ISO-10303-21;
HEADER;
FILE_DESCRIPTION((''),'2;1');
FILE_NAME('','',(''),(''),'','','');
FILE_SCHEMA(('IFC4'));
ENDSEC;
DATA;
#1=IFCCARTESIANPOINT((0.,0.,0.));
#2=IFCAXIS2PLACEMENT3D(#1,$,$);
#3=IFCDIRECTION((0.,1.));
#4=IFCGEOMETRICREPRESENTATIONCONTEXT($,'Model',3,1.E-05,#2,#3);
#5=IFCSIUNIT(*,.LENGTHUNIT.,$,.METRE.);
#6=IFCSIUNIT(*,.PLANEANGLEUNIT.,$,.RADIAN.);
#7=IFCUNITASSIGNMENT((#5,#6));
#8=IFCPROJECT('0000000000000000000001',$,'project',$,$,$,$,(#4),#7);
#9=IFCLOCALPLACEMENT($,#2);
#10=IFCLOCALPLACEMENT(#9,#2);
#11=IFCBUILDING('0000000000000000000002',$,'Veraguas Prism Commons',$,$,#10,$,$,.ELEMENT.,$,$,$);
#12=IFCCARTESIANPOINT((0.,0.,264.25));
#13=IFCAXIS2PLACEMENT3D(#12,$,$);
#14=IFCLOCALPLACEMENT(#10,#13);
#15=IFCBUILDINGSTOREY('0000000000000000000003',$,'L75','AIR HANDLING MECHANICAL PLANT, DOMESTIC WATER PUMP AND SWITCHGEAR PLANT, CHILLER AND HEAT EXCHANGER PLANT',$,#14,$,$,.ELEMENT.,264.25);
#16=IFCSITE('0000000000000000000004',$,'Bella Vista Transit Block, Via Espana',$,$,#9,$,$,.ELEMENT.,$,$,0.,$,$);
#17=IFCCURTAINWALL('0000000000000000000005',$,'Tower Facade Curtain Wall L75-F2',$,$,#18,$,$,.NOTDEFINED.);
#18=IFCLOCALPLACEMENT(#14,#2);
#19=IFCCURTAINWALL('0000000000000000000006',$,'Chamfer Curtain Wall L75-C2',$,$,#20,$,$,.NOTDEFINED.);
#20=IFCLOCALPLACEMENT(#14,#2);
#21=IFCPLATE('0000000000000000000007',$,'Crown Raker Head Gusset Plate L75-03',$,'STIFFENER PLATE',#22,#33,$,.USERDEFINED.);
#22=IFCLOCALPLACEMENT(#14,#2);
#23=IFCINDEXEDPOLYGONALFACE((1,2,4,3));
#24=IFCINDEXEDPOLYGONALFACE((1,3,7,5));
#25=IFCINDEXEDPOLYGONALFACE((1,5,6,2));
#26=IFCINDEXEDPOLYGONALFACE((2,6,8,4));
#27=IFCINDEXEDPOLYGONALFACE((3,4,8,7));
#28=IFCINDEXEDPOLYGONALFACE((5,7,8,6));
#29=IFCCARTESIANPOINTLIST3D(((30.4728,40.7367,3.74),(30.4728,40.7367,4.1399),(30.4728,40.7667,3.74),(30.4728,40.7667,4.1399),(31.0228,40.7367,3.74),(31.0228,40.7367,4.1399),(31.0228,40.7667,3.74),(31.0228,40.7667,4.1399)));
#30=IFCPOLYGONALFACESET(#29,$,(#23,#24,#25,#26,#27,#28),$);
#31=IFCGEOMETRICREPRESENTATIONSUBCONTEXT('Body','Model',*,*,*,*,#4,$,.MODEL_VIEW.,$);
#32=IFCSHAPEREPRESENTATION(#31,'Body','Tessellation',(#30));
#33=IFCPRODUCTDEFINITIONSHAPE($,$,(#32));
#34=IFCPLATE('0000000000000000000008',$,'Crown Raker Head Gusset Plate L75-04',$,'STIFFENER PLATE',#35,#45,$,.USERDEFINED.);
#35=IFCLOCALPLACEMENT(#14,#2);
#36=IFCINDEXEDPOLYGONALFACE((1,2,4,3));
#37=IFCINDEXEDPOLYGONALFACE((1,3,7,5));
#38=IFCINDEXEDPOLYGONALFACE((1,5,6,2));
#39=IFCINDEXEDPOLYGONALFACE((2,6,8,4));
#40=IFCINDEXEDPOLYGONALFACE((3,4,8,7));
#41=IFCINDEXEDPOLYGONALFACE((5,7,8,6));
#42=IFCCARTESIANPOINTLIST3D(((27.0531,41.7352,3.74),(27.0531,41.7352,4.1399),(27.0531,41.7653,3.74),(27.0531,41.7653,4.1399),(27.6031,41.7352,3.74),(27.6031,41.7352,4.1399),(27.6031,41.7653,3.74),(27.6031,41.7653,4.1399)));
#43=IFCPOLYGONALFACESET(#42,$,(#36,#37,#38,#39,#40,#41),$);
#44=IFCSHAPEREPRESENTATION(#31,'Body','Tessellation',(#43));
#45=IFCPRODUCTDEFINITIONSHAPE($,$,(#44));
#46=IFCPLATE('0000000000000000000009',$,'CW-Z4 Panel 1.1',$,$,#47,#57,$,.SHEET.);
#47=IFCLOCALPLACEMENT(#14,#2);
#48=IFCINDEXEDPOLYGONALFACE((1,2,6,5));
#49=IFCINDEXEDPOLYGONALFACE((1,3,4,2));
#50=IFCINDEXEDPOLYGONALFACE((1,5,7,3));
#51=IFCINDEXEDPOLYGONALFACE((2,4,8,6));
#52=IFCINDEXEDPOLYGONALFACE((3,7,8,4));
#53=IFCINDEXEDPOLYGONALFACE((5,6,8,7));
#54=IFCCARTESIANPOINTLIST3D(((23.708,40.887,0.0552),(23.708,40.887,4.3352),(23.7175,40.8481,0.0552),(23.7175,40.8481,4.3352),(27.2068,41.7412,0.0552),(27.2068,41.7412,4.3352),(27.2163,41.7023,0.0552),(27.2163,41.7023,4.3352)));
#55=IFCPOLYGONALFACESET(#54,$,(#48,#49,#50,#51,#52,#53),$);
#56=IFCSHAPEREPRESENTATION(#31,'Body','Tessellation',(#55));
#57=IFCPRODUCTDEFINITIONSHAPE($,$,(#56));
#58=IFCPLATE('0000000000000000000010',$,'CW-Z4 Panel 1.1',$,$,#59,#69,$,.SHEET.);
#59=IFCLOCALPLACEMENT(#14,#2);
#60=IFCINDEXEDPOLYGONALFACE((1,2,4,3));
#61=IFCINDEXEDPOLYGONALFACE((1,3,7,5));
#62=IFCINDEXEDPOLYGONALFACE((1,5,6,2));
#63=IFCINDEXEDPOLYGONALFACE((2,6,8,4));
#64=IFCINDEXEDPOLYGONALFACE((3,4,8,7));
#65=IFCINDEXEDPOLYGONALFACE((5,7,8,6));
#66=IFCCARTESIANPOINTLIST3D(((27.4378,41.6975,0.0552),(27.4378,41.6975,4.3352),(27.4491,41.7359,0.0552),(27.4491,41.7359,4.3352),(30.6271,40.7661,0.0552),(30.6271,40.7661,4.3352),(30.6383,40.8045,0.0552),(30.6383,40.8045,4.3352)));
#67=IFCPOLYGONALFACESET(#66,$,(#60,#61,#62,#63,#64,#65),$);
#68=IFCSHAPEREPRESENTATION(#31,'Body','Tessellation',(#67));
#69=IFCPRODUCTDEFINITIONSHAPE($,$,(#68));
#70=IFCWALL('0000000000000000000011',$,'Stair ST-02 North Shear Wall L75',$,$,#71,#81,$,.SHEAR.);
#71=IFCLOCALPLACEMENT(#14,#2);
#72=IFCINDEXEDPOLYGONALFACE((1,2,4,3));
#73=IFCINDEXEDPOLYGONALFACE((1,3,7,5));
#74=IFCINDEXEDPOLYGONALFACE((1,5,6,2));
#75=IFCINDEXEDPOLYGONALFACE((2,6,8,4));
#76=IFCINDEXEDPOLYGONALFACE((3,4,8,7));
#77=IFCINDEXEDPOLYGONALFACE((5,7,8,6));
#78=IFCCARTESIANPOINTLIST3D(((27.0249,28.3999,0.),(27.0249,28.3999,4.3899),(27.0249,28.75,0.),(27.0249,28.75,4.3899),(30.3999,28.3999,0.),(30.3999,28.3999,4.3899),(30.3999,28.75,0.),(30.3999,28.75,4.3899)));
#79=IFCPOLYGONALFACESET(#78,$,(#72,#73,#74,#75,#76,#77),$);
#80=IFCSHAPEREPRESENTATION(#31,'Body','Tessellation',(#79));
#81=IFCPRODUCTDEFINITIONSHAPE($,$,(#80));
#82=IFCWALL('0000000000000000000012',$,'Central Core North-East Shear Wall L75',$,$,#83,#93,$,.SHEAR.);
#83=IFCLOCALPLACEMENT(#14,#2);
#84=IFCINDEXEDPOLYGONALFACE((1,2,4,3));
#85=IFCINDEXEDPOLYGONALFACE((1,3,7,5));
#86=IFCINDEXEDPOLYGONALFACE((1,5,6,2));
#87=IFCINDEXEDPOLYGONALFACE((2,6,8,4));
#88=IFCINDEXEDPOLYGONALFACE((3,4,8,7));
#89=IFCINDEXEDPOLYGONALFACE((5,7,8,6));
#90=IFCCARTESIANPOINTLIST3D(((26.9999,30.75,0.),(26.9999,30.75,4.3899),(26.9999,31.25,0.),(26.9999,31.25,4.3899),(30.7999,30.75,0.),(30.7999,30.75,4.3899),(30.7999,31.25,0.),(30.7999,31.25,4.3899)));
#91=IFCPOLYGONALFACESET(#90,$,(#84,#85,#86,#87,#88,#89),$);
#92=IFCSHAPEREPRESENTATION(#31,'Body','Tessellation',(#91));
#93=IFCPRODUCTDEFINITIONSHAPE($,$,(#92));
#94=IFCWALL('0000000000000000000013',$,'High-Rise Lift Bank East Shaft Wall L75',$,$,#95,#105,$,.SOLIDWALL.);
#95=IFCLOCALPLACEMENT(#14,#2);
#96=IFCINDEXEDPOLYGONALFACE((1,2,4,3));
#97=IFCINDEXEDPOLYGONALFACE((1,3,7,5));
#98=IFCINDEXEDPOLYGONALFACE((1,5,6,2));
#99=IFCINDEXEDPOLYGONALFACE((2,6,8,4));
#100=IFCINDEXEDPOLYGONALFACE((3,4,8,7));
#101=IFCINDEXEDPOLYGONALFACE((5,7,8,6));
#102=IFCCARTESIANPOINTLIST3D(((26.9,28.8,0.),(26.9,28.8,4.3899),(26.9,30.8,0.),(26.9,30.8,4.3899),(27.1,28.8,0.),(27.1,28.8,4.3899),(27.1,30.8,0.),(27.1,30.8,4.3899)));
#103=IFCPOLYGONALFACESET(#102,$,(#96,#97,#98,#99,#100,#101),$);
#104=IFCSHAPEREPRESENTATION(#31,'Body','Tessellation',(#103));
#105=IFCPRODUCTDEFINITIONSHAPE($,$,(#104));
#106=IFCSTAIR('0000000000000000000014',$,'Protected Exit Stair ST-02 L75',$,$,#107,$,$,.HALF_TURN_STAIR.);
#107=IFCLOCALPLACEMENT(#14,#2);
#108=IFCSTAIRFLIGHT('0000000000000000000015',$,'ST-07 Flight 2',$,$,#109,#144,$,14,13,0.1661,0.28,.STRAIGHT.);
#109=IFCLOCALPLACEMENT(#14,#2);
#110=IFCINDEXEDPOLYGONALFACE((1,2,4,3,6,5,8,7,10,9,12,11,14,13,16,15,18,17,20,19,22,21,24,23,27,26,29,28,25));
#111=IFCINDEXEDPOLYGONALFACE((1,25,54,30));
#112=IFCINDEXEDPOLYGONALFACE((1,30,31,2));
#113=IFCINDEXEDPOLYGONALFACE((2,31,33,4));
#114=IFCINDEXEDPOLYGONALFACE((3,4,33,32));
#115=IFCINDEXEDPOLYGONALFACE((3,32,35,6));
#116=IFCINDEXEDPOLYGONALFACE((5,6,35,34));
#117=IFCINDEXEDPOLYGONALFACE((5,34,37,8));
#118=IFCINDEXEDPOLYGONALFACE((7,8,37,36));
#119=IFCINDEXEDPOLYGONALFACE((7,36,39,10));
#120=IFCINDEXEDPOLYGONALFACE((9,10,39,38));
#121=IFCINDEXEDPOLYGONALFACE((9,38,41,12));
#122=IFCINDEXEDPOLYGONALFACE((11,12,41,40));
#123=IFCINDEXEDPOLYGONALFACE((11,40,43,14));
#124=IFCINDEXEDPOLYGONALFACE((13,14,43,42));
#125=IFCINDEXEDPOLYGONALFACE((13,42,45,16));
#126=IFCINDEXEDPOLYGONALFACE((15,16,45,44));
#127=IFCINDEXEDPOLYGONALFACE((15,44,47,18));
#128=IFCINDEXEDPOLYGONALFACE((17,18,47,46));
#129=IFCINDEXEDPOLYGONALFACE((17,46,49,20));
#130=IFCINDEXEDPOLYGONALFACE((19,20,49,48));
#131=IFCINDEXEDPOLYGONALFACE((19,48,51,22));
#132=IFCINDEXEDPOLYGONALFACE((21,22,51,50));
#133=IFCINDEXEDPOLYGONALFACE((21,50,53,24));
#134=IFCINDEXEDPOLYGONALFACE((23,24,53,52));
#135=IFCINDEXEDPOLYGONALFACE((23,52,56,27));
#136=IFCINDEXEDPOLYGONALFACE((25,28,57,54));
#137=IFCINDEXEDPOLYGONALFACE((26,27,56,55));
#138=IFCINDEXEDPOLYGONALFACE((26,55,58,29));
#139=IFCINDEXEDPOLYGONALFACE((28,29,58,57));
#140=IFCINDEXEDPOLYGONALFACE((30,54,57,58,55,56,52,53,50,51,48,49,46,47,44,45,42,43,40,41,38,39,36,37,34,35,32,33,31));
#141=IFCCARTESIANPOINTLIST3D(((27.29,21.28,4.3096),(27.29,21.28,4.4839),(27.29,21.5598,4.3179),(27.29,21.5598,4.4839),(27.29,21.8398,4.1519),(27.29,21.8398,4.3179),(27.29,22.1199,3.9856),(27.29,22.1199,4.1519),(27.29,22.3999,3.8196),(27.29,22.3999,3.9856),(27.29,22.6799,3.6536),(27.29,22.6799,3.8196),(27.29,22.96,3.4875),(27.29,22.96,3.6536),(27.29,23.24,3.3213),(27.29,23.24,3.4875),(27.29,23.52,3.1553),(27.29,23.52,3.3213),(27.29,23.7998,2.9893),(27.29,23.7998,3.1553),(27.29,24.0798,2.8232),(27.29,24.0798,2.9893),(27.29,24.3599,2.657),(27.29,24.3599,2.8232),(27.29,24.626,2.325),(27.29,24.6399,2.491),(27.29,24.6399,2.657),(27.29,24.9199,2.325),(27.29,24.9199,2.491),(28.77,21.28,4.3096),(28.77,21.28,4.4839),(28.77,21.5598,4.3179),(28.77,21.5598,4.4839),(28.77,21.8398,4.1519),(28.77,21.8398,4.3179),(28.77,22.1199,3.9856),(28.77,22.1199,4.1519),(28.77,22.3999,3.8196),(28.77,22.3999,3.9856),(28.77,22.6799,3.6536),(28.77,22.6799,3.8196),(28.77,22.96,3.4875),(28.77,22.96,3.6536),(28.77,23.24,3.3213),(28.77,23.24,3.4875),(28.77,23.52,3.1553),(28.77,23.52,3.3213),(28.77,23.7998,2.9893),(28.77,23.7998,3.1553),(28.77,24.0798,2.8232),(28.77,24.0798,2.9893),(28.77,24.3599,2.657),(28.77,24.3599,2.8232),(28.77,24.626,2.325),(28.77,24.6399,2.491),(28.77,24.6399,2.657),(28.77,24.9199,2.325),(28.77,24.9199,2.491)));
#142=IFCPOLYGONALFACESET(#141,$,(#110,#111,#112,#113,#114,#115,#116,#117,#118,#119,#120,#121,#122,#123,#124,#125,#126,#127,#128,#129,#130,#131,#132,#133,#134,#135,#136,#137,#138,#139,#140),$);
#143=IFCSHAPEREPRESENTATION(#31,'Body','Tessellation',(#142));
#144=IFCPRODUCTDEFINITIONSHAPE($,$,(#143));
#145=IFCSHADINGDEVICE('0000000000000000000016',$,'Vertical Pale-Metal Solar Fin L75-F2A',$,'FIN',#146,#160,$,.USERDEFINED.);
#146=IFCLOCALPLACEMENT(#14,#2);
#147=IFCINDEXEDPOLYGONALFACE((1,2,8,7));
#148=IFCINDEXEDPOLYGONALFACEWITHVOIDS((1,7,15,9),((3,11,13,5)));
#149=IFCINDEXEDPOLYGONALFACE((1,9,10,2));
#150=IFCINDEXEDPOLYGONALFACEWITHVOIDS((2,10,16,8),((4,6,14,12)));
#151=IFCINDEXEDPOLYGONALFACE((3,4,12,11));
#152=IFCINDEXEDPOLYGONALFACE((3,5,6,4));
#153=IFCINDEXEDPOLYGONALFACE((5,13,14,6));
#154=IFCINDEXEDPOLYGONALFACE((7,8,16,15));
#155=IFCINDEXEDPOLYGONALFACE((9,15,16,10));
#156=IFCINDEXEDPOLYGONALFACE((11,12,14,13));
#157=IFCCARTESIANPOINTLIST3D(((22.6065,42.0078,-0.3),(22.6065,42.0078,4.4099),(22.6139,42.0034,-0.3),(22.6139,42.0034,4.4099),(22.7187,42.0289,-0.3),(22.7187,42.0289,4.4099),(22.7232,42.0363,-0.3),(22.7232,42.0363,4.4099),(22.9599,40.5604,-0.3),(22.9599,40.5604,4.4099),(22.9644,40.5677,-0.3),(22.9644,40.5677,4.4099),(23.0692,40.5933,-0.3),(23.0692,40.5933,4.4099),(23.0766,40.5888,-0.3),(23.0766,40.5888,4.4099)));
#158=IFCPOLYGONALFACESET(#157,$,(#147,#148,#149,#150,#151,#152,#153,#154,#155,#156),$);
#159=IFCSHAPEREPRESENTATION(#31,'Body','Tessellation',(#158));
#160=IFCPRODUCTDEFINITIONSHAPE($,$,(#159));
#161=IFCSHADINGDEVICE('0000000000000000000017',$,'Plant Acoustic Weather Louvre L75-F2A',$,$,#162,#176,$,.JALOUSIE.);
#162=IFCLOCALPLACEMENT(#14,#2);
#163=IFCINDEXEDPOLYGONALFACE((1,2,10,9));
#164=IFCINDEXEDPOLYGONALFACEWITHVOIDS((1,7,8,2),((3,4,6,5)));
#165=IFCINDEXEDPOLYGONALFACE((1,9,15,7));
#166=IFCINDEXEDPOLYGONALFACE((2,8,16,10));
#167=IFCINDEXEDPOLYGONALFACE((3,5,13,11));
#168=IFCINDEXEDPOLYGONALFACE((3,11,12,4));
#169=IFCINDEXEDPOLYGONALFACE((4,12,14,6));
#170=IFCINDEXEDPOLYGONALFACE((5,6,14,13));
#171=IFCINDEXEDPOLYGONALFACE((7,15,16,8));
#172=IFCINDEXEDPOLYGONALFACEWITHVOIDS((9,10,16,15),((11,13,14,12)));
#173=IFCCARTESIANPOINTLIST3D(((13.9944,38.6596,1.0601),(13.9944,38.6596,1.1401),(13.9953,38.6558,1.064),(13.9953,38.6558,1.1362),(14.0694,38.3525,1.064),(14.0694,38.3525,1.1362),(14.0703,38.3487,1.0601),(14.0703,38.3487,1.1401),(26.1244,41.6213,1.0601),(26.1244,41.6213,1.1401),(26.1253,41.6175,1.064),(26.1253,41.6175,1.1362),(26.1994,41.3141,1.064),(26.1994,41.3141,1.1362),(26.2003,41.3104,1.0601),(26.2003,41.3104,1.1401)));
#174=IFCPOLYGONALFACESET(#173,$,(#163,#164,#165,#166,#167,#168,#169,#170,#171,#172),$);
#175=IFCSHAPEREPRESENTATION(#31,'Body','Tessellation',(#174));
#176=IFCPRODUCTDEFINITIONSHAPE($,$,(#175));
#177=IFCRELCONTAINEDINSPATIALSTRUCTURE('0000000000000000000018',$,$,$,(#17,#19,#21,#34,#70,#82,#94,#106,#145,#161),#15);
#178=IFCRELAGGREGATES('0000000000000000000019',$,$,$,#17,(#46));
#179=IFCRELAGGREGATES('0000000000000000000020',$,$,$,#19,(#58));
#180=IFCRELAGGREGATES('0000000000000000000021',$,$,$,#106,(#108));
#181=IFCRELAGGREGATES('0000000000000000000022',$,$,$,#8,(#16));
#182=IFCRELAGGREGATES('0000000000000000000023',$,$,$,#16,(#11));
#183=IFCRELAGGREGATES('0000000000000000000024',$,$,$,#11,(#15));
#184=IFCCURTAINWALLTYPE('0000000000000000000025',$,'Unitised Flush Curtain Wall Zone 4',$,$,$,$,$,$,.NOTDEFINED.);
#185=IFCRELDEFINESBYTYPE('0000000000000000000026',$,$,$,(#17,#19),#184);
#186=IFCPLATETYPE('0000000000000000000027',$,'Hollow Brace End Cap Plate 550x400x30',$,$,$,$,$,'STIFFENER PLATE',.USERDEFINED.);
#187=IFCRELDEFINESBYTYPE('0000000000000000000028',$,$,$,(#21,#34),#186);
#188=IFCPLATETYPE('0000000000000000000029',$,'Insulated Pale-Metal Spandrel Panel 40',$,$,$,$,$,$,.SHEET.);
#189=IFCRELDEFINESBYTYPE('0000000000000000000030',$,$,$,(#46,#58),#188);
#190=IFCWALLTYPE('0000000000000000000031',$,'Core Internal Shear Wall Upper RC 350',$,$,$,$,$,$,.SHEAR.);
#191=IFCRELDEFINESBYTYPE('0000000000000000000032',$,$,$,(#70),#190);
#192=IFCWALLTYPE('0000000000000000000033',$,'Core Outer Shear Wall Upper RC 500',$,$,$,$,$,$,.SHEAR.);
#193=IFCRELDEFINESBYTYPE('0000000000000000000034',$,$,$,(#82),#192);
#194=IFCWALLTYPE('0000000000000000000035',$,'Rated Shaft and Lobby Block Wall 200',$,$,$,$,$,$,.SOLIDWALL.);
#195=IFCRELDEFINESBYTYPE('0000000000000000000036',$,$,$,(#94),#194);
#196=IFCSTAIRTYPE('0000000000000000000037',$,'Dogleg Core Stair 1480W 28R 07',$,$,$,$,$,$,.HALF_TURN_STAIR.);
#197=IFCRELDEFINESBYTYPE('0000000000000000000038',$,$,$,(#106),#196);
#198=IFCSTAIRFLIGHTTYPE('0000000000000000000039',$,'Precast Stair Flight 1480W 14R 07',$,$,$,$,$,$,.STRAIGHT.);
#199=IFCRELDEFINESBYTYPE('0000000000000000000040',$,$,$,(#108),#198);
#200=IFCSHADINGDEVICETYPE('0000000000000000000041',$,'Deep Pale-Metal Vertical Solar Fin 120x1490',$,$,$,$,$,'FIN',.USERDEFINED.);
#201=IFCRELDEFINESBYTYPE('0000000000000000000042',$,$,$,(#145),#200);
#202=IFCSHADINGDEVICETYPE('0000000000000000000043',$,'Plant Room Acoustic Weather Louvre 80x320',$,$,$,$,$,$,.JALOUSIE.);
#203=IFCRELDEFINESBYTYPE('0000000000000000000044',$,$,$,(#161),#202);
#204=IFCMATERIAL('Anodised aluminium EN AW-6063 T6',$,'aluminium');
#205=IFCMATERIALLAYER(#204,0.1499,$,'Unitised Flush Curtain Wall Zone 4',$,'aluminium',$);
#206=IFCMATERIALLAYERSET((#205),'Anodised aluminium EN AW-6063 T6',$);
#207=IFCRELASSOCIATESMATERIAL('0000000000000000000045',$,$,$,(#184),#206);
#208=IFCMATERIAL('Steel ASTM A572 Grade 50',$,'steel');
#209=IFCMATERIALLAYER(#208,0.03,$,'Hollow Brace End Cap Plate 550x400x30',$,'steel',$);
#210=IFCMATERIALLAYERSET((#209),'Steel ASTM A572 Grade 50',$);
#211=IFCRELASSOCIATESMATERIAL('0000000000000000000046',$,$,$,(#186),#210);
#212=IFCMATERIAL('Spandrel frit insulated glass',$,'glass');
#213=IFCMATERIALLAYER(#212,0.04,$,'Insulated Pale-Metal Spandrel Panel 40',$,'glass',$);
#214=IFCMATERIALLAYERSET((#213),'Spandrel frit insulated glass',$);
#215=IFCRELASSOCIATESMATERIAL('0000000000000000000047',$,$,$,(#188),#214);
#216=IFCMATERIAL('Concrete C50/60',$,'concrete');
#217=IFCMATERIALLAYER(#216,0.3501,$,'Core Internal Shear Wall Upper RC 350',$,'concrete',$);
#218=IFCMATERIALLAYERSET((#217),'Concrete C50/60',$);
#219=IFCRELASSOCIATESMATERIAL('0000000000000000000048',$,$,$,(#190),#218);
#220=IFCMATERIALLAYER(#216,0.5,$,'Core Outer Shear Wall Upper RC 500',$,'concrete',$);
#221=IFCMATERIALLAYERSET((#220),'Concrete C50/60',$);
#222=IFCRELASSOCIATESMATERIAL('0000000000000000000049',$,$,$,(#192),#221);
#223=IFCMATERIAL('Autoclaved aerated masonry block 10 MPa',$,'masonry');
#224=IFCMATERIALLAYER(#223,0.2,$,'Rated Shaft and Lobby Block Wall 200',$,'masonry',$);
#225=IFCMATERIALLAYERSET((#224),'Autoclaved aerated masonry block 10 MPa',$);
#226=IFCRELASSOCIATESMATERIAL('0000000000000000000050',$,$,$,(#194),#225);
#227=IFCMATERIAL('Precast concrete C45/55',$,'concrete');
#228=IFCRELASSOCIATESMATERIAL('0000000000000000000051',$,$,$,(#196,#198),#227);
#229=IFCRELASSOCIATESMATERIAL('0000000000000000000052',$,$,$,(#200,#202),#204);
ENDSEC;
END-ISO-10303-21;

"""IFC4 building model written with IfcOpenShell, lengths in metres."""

from ifc_helpers import new_model, si_unit, direction, frame, frame_2d, origin, origin_2d, place, context, subcontext, project, spatial, polyline, rectangle, hollow_rectangle, outline, extrude, source, transform, mapped, material, layer, layer_set, material_profile, profile_set, type_object, element, aggregate, save


model = new_model("IFC4")

# Units and contexts
model_context = context("Model", 3, precision=1e-05, world=origin(), true_north=direction((0.0, 1.0)))
body_context = subcontext(model_context, "Body", "Model", "MODEL_VIEW")
ifc_project = project(units=[si_unit("LENGTHUNIT", "METRE"), si_unit("PLANEANGLEUNIT", "RADIAN")], contexts=[model_context])

# Site, building, storey
site_placement = place(None, origin())
site = spatial("IfcSite", under=ifc_project, at=site_placement, Name="Bella Vista Transit Block, Via Espana", CompositionType="ELEMENT", RefElevation=0.0)
building_placement = place(site_placement, origin())
building = spatial("IfcBuilding", under=site, at=building_placement, Name="Veraguas Prism Commons", CompositionType="ELEMENT")
storey_placement = place(building_placement, frame((0.0, 0.0, 264.25)))
storey = spatial("IfcBuildingStorey", under=building, at=storey_placement, Name="L75", Description="AIR HANDLING MECHANICAL PLANT, DOMESTIC WATER PUMP AND SWITCHGEAR PLANT, CHILLER AND HEAT EXCHANGER PLANT", CompositionType="ELEMENT", Elevation=264.25)

# Shared definitions
ifc_material_1 = material(Name="Concrete C50/60", Category="concrete")

# Curtain walls
ifc_material_2 = material(Name="Anodised aluminium EN AW-6063 T6", Category="aluminium")
ifc_layer_1 = layer(ifc_material_2, 0.1499, Name="Unitised Flush Curtain Wall Zone 4", Category="aluminium")
ifc_layer_set_1 = layer_set([ifc_layer_1], Name="Anodised aluminium EN AW-6063 T6")
curtain_wall_type = type_object("IfcCurtainWallType", Name="Unitised Flush Curtain Wall Zone 4", PredefinedType="NOTDEFINED", material=ifc_layer_set_1)
curtain_wall_1_placement = place(storey_placement, origin())
curtain_wall_1 = element("IfcCurtainWall", 1, at=curtain_wall_1_placement, inside=storey, type_object=curtain_wall_type, Name="Tower Facade Curtain Wall L75-F2", PredefinedType="NOTDEFINED")
curtain_wall_2_placement = place(storey_placement, origin())
curtain_wall_2 = element("IfcCurtainWall", 2, at=curtain_wall_2_placement, inside=storey, type_object=curtain_wall_type, Name="Chamfer Curtain Wall L75-C2", PredefinedType="NOTDEFINED")

# Plates
ifc_material_3 = material(Name="Steel ASTM A572 Grade 50", Category="steel")
ifc_layer_2 = layer(ifc_material_3, 0.03, Name="Hollow Brace End Cap Plate 550x400x30", Category="steel")
ifc_layer_set_2 = layer_set([ifc_layer_2], Name="Steel ASTM A572 Grade 50")
plate_type_1 = type_object("IfcPlateType", Name="Hollow Brace End Cap Plate 550x400x30", ElementType="STIFFENER PLATE", PredefinedType="USERDEFINED", material=ifc_layer_set_2)
shared_shape_1 = source(origin(), body_context, "Body", "SweptSolid", [
    extrude(rectangle(XDim=0.55, YDim=0.03, at=origin_2d()), origin(), (0.0, 0.0, 1.0), 0.3999),
])
for number, where, z_axis, x_axis, name in (
    (3, (30.7478, 40.7517, 3.74), (0.0, 0.0, 1.0), (1.0, 0.0, 0.0), "Crown Raker Head Gusset Plate L75-03"),
    (4, (27.3281, 41.7502, 3.74), (0.0, 0.0, 1.0), (1.0, 0.0, 0.0), "Crown Raker Head Gusset Plate L75-04"),
):
    element("IfcPlate", number, at=place(storey_placement, frame(where, z_axis=z_axis, x_axis=x_axis)), inside=storey, type_object=plate_type_1, Name=name, ObjectType="STIFFENER PLATE", PredefinedType="USERDEFINED", context=body_context, shape_type="MappedRepresentation", body=[
        mapped(shared_shape_1, transform((0.0, 0.0, 0.0), scale=1.0)),
    ])

# Plates
ifc_material_4 = material(Name="Spandrel frit insulated glass", Category="glass")
ifc_layer_3 = layer(ifc_material_4, 0.04, Name="Insulated Pale-Metal Spandrel Panel 40", Category="glass")
ifc_layer_set_3 = layer_set([ifc_layer_3], Name="Spandrel frit insulated glass")
plate_type_2 = type_object("IfcPlateType", Name="Insulated Pale-Metal Spandrel Panel 40", PredefinedType="SHEET", material=ifc_layer_set_3)
shared_shape_2 = source(origin(), body_context, "Body", "SweptSolid", [
    extrude(rectangle(XDim=3.6016, YDim=0.04, at=origin_2d()), origin(), (0.0, 0.0, 1.0), 4.28),
])
plate_1_placement = place(storey_placement, frame((25.4622, 41.2947, 0.0552), z_axis=(0.0, 0.0, 1.0), x_axis=(-0.971466, -0.237181, 0.0)))
plate_1 = element("IfcPlate", 5, at=plate_1_placement, type_object=plate_type_2, Name="CW-Z4 Panel 1.1", PredefinedType="SHEET", context=body_context, shape_type="MappedRepresentation", body=[
    mapped(shared_shape_2, transform((0.0, 0.0, 0.0), scale=1.0)),
])
aggregate(curtain_wall_1, [plate_1])
shared_shape_3 = source(origin(), body_context, "Body", "SweptSolid", [
    extrude(rectangle(XDim=3.3225, YDim=0.04, at=origin_2d()), origin(), (0.0, 0.0, 1.0), 4.28),
])
plate_2_placement = place(storey_placement, frame((29.0381, 41.251, 0.0552), z_axis=(0.0, 0.0, 1.0), x_axis=(-0.959905, 0.280325, 0.0)))
plate_2 = element("IfcPlate", 6, at=plate_2_placement, type_object=plate_type_2, Name="CW-Z4 Panel 1.1", PredefinedType="SHEET", context=body_context, shape_type="MappedRepresentation", body=[
    mapped(shared_shape_3, transform((0.0, 0.0, 0.0), scale=1.0)),
])
aggregate(curtain_wall_2, [plate_2])

# Walls
ifc_layer_4 = layer(ifc_material_1, 0.3501, Name="Core Internal Shear Wall Upper RC 350", Category="concrete")
ifc_layer_set_4 = layer_set([ifc_layer_4], Name="Concrete C50/60")
wall_type_1 = type_object("IfcWallType", Name="Core Internal Shear Wall Upper RC 350", PredefinedType="SHEAR", material=ifc_layer_set_4)
wall_1_placement = place(storey_placement, frame((27.0249, 28.575, 0.0), z_axis=(0.0, 0.0, 1.0), x_axis=(1.0, 0.0, 0.0)))
element("IfcWall", 7, at=wall_1_placement, inside=storey, type_object=wall_type_1, Name="Stair ST-02 North Shear Wall L75", PredefinedType="SHEAR", context=body_context, shape_type="SweptSolid", body=[
    extrude(rectangle(XDim=3.375, YDim=0.3501, at=frame_2d((1.6875, 0.0))), origin(), (0.0, 0.0, 1.0), 4.3899),
])
ifc_layer_5 = layer(ifc_material_1, 0.5, Name="Core Outer Shear Wall Upper RC 500", Category="concrete")
ifc_layer_set_5 = layer_set([ifc_layer_5], Name="Concrete C50/60")
wall_type_2 = type_object("IfcWallType", Name="Core Outer Shear Wall Upper RC 500", PredefinedType="SHEAR", material=ifc_layer_set_5)
wall_2_placement = place(storey_placement, frame((27.0, 31.0, 0.0), z_axis=(0.0, 0.0, 1.0), x_axis=(1.0, 0.0, 0.0)))
element("IfcWall", 8, at=wall_2_placement, inside=storey, type_object=wall_type_2, Name="Central Core North-East Shear Wall L75", PredefinedType="SHEAR", context=body_context, shape_type="SweptSolid", body=[
    extrude(rectangle(XDim=3.8, YDim=0.5, at=frame_2d((1.8999, 0.0))), origin(), (0.0, 0.0, 1.0), 4.3899),
])
ifc_material_5 = material(Name="Autoclaved aerated masonry block 10 MPa", Category="masonry")
ifc_layer_6 = layer(ifc_material_5, 0.2, Name="Rated Shaft and Lobby Block Wall 200", Category="masonry")
ifc_layer_set_6 = layer_set([ifc_layer_6], Name="Autoclaved aerated masonry block 10 MPa")
wall_type_3 = type_object("IfcWallType", Name="Rated Shaft and Lobby Block Wall 200", PredefinedType="SOLIDWALL", material=ifc_layer_set_6)
wall_3_placement = place(storey_placement, frame((27.0, 28.8, 0.0), z_axis=(0.0, 0.0, 1.0), x_axis=(0.0, 1.0, 0.0)))
element("IfcWall", 9, at=wall_3_placement, inside=storey, type_object=wall_type_3, Name="High-Rise Lift Bank East Shaft Wall L75", PredefinedType="SOLIDWALL", context=body_context, shape_type="SweptSolid", body=[
    extrude(rectangle(XDim=2.0, YDim=0.2, at=frame_2d((1.0, 0.0))), origin(), (0.0, 0.0, 1.0), 4.3899),
])

# Stair, stair flight
ifc_material_6 = material(Name="Precast concrete C45/55", Category="concrete")
stair_type = type_object("IfcStairType", Name="Dogleg Core Stair 1480W 28R 07", PredefinedType="HALF_TURN_STAIR", material=ifc_material_6)
stair_placement = place(storey_placement, origin())
stair = element("IfcStair", 10, at=stair_placement, inside=storey, type_object=stair_type, Name="Protected Exit Stair ST-02 L75", PredefinedType="HALF_TURN_STAIR")
stair_flight_type = type_object("IfcStairFlightType", Name="Precast Stair Flight 1480W 14R 07", PredefinedType="STRAIGHT", material=ifc_material_6)
stair_flight_placement = place(storey_placement, frame((28.03, 24.9199, 2.325), z_axis=(0.0, 0.0, 1.0), x_axis=(0.0, -1.0, 0.0)))
stair_flight = element("IfcStairFlight", 11, at=stair_flight_placement, type_object=stair_flight_type, Name="ST-07 Flight 2", NumberOfRisers=14, NumberOfTreads=13, PredefinedType="STRAIGHT", RiserHeight=0.1661, TreadLength=0.28, context=body_context, shape_type="SweptSolid", body=[
    extrude(outline(polyline([(0.0, 0.0), (0.0, 0.166), (0.28, 0.166), (0.28, 0.332), (0.5601, 0.332), (0.5601, 0.4983), (0.8401, 0.4983), (0.8401, 0.6643), (1.1201, 0.6643), (1.1201, 0.8303), (1.3999, 0.8303), (1.3999, 0.9963), (1.6799, 0.9963), (1.6799, 1.1626), (1.96, 1.1626), (1.96, 1.3286), (2.24, 1.3286), (2.24, 1.4946), (2.52, 1.4946), (2.52, 1.6606), (2.8, 1.6606), (2.8, 1.8269), (3.0801, 1.8269), (3.0801, 1.9929), (3.3601, 1.9929), (3.3601, 2.1589), (3.6399, 2.1589), (3.6399, 2.325), (3.6399, 1.9846), (0.2939, 0.0), (0.0, 0.0)])), frame((0.0, 0.74, 0.0), z_axis=(0.0, -1.0, 0.0), x_axis=(1.0, 0.0, 0.0)), (0.0, 0.0, 1.0), 1.48),
])
aggregate(stair, [stair_flight])

# Shading devices
ifc_material_profile_1 = material_profile(ifc_material_2, hollow_rectangle(XDim=0.1201, YDim=1.49, WallThickness=0.0061, at=origin_2d()), Name="FIN120X1490X6")
ifc_profile_set_1 = profile_set([ifc_material_profile_1], Name="Anodised aluminium EN AW-6063 T6")
shading_device_type_1 = type_object("IfcShadingDeviceType", Name="Deep Pale-Metal Vertical Solar Fin 120x1490", ElementType="FIN", PredefinedType="USERDEFINED", material=ifc_profile_set_1)
shading_device_placement = place(storey_placement, frame((22.8416, 41.2983, -0.3), z_axis=(0.0, 0.0, 1.0), x_axis=(-0.971466, -0.237177, 0.0)))
element("IfcShadingDevice", 12, at=shading_device_placement, inside=storey, type_object=shading_device_type_1, Name="Vertical Pale-Metal Solar Fin L75-F2A", ObjectType="FIN", PredefinedType="USERDEFINED", context=body_context, shape_type="SweptSolid", body=[
    extrude(hollow_rectangle(XDim=0.1201, YDim=1.49, WallThickness=0.0061, at=origin_2d()), origin(), (0.0, 0.0, 1.0), 4.71),
])
ifc_material_profile_2 = material_profile(ifc_material_2, hollow_rectangle(XDim=0.0801, YDim=0.3201, WallThickness=0.0039, at=origin_2d()), Name="LVR80X320X4")
ifc_profile_set_2 = profile_set([ifc_material_profile_2], Name="Anodised aluminium EN AW-6063 T6")
shading_device_type_2 = type_object("IfcShadingDeviceType", Name="Plant Room Acoustic Weather Louvre 80x320", PredefinedType="JALOUSIE", material=ifc_profile_set_2)
for number, where, z_axis, x_axis, name in (
    (13, (26.1624, 41.4658, 1.1001), (-0.971462, -0.237195, 0.0), (0.0, 0.0, 1.0), "Plant Acoustic Weather Louvre L75-F2A"),
):
    element("IfcShadingDevice", number, at=place(storey_placement, frame(where, z_axis=z_axis, x_axis=x_axis)), inside=storey, type_object=shading_device_type_2, Name=name, PredefinedType="JALOUSIE", context=body_context, shape_type="SweptSolid", body=[
        extrude(hollow_rectangle(XDim=0.0801, YDim=0.3201, WallThickness=0.0039, at=origin_2d()), origin(), (0.0, 0.0, 1.0), 12.4863),
    ])

save(model, "model.ifc")
